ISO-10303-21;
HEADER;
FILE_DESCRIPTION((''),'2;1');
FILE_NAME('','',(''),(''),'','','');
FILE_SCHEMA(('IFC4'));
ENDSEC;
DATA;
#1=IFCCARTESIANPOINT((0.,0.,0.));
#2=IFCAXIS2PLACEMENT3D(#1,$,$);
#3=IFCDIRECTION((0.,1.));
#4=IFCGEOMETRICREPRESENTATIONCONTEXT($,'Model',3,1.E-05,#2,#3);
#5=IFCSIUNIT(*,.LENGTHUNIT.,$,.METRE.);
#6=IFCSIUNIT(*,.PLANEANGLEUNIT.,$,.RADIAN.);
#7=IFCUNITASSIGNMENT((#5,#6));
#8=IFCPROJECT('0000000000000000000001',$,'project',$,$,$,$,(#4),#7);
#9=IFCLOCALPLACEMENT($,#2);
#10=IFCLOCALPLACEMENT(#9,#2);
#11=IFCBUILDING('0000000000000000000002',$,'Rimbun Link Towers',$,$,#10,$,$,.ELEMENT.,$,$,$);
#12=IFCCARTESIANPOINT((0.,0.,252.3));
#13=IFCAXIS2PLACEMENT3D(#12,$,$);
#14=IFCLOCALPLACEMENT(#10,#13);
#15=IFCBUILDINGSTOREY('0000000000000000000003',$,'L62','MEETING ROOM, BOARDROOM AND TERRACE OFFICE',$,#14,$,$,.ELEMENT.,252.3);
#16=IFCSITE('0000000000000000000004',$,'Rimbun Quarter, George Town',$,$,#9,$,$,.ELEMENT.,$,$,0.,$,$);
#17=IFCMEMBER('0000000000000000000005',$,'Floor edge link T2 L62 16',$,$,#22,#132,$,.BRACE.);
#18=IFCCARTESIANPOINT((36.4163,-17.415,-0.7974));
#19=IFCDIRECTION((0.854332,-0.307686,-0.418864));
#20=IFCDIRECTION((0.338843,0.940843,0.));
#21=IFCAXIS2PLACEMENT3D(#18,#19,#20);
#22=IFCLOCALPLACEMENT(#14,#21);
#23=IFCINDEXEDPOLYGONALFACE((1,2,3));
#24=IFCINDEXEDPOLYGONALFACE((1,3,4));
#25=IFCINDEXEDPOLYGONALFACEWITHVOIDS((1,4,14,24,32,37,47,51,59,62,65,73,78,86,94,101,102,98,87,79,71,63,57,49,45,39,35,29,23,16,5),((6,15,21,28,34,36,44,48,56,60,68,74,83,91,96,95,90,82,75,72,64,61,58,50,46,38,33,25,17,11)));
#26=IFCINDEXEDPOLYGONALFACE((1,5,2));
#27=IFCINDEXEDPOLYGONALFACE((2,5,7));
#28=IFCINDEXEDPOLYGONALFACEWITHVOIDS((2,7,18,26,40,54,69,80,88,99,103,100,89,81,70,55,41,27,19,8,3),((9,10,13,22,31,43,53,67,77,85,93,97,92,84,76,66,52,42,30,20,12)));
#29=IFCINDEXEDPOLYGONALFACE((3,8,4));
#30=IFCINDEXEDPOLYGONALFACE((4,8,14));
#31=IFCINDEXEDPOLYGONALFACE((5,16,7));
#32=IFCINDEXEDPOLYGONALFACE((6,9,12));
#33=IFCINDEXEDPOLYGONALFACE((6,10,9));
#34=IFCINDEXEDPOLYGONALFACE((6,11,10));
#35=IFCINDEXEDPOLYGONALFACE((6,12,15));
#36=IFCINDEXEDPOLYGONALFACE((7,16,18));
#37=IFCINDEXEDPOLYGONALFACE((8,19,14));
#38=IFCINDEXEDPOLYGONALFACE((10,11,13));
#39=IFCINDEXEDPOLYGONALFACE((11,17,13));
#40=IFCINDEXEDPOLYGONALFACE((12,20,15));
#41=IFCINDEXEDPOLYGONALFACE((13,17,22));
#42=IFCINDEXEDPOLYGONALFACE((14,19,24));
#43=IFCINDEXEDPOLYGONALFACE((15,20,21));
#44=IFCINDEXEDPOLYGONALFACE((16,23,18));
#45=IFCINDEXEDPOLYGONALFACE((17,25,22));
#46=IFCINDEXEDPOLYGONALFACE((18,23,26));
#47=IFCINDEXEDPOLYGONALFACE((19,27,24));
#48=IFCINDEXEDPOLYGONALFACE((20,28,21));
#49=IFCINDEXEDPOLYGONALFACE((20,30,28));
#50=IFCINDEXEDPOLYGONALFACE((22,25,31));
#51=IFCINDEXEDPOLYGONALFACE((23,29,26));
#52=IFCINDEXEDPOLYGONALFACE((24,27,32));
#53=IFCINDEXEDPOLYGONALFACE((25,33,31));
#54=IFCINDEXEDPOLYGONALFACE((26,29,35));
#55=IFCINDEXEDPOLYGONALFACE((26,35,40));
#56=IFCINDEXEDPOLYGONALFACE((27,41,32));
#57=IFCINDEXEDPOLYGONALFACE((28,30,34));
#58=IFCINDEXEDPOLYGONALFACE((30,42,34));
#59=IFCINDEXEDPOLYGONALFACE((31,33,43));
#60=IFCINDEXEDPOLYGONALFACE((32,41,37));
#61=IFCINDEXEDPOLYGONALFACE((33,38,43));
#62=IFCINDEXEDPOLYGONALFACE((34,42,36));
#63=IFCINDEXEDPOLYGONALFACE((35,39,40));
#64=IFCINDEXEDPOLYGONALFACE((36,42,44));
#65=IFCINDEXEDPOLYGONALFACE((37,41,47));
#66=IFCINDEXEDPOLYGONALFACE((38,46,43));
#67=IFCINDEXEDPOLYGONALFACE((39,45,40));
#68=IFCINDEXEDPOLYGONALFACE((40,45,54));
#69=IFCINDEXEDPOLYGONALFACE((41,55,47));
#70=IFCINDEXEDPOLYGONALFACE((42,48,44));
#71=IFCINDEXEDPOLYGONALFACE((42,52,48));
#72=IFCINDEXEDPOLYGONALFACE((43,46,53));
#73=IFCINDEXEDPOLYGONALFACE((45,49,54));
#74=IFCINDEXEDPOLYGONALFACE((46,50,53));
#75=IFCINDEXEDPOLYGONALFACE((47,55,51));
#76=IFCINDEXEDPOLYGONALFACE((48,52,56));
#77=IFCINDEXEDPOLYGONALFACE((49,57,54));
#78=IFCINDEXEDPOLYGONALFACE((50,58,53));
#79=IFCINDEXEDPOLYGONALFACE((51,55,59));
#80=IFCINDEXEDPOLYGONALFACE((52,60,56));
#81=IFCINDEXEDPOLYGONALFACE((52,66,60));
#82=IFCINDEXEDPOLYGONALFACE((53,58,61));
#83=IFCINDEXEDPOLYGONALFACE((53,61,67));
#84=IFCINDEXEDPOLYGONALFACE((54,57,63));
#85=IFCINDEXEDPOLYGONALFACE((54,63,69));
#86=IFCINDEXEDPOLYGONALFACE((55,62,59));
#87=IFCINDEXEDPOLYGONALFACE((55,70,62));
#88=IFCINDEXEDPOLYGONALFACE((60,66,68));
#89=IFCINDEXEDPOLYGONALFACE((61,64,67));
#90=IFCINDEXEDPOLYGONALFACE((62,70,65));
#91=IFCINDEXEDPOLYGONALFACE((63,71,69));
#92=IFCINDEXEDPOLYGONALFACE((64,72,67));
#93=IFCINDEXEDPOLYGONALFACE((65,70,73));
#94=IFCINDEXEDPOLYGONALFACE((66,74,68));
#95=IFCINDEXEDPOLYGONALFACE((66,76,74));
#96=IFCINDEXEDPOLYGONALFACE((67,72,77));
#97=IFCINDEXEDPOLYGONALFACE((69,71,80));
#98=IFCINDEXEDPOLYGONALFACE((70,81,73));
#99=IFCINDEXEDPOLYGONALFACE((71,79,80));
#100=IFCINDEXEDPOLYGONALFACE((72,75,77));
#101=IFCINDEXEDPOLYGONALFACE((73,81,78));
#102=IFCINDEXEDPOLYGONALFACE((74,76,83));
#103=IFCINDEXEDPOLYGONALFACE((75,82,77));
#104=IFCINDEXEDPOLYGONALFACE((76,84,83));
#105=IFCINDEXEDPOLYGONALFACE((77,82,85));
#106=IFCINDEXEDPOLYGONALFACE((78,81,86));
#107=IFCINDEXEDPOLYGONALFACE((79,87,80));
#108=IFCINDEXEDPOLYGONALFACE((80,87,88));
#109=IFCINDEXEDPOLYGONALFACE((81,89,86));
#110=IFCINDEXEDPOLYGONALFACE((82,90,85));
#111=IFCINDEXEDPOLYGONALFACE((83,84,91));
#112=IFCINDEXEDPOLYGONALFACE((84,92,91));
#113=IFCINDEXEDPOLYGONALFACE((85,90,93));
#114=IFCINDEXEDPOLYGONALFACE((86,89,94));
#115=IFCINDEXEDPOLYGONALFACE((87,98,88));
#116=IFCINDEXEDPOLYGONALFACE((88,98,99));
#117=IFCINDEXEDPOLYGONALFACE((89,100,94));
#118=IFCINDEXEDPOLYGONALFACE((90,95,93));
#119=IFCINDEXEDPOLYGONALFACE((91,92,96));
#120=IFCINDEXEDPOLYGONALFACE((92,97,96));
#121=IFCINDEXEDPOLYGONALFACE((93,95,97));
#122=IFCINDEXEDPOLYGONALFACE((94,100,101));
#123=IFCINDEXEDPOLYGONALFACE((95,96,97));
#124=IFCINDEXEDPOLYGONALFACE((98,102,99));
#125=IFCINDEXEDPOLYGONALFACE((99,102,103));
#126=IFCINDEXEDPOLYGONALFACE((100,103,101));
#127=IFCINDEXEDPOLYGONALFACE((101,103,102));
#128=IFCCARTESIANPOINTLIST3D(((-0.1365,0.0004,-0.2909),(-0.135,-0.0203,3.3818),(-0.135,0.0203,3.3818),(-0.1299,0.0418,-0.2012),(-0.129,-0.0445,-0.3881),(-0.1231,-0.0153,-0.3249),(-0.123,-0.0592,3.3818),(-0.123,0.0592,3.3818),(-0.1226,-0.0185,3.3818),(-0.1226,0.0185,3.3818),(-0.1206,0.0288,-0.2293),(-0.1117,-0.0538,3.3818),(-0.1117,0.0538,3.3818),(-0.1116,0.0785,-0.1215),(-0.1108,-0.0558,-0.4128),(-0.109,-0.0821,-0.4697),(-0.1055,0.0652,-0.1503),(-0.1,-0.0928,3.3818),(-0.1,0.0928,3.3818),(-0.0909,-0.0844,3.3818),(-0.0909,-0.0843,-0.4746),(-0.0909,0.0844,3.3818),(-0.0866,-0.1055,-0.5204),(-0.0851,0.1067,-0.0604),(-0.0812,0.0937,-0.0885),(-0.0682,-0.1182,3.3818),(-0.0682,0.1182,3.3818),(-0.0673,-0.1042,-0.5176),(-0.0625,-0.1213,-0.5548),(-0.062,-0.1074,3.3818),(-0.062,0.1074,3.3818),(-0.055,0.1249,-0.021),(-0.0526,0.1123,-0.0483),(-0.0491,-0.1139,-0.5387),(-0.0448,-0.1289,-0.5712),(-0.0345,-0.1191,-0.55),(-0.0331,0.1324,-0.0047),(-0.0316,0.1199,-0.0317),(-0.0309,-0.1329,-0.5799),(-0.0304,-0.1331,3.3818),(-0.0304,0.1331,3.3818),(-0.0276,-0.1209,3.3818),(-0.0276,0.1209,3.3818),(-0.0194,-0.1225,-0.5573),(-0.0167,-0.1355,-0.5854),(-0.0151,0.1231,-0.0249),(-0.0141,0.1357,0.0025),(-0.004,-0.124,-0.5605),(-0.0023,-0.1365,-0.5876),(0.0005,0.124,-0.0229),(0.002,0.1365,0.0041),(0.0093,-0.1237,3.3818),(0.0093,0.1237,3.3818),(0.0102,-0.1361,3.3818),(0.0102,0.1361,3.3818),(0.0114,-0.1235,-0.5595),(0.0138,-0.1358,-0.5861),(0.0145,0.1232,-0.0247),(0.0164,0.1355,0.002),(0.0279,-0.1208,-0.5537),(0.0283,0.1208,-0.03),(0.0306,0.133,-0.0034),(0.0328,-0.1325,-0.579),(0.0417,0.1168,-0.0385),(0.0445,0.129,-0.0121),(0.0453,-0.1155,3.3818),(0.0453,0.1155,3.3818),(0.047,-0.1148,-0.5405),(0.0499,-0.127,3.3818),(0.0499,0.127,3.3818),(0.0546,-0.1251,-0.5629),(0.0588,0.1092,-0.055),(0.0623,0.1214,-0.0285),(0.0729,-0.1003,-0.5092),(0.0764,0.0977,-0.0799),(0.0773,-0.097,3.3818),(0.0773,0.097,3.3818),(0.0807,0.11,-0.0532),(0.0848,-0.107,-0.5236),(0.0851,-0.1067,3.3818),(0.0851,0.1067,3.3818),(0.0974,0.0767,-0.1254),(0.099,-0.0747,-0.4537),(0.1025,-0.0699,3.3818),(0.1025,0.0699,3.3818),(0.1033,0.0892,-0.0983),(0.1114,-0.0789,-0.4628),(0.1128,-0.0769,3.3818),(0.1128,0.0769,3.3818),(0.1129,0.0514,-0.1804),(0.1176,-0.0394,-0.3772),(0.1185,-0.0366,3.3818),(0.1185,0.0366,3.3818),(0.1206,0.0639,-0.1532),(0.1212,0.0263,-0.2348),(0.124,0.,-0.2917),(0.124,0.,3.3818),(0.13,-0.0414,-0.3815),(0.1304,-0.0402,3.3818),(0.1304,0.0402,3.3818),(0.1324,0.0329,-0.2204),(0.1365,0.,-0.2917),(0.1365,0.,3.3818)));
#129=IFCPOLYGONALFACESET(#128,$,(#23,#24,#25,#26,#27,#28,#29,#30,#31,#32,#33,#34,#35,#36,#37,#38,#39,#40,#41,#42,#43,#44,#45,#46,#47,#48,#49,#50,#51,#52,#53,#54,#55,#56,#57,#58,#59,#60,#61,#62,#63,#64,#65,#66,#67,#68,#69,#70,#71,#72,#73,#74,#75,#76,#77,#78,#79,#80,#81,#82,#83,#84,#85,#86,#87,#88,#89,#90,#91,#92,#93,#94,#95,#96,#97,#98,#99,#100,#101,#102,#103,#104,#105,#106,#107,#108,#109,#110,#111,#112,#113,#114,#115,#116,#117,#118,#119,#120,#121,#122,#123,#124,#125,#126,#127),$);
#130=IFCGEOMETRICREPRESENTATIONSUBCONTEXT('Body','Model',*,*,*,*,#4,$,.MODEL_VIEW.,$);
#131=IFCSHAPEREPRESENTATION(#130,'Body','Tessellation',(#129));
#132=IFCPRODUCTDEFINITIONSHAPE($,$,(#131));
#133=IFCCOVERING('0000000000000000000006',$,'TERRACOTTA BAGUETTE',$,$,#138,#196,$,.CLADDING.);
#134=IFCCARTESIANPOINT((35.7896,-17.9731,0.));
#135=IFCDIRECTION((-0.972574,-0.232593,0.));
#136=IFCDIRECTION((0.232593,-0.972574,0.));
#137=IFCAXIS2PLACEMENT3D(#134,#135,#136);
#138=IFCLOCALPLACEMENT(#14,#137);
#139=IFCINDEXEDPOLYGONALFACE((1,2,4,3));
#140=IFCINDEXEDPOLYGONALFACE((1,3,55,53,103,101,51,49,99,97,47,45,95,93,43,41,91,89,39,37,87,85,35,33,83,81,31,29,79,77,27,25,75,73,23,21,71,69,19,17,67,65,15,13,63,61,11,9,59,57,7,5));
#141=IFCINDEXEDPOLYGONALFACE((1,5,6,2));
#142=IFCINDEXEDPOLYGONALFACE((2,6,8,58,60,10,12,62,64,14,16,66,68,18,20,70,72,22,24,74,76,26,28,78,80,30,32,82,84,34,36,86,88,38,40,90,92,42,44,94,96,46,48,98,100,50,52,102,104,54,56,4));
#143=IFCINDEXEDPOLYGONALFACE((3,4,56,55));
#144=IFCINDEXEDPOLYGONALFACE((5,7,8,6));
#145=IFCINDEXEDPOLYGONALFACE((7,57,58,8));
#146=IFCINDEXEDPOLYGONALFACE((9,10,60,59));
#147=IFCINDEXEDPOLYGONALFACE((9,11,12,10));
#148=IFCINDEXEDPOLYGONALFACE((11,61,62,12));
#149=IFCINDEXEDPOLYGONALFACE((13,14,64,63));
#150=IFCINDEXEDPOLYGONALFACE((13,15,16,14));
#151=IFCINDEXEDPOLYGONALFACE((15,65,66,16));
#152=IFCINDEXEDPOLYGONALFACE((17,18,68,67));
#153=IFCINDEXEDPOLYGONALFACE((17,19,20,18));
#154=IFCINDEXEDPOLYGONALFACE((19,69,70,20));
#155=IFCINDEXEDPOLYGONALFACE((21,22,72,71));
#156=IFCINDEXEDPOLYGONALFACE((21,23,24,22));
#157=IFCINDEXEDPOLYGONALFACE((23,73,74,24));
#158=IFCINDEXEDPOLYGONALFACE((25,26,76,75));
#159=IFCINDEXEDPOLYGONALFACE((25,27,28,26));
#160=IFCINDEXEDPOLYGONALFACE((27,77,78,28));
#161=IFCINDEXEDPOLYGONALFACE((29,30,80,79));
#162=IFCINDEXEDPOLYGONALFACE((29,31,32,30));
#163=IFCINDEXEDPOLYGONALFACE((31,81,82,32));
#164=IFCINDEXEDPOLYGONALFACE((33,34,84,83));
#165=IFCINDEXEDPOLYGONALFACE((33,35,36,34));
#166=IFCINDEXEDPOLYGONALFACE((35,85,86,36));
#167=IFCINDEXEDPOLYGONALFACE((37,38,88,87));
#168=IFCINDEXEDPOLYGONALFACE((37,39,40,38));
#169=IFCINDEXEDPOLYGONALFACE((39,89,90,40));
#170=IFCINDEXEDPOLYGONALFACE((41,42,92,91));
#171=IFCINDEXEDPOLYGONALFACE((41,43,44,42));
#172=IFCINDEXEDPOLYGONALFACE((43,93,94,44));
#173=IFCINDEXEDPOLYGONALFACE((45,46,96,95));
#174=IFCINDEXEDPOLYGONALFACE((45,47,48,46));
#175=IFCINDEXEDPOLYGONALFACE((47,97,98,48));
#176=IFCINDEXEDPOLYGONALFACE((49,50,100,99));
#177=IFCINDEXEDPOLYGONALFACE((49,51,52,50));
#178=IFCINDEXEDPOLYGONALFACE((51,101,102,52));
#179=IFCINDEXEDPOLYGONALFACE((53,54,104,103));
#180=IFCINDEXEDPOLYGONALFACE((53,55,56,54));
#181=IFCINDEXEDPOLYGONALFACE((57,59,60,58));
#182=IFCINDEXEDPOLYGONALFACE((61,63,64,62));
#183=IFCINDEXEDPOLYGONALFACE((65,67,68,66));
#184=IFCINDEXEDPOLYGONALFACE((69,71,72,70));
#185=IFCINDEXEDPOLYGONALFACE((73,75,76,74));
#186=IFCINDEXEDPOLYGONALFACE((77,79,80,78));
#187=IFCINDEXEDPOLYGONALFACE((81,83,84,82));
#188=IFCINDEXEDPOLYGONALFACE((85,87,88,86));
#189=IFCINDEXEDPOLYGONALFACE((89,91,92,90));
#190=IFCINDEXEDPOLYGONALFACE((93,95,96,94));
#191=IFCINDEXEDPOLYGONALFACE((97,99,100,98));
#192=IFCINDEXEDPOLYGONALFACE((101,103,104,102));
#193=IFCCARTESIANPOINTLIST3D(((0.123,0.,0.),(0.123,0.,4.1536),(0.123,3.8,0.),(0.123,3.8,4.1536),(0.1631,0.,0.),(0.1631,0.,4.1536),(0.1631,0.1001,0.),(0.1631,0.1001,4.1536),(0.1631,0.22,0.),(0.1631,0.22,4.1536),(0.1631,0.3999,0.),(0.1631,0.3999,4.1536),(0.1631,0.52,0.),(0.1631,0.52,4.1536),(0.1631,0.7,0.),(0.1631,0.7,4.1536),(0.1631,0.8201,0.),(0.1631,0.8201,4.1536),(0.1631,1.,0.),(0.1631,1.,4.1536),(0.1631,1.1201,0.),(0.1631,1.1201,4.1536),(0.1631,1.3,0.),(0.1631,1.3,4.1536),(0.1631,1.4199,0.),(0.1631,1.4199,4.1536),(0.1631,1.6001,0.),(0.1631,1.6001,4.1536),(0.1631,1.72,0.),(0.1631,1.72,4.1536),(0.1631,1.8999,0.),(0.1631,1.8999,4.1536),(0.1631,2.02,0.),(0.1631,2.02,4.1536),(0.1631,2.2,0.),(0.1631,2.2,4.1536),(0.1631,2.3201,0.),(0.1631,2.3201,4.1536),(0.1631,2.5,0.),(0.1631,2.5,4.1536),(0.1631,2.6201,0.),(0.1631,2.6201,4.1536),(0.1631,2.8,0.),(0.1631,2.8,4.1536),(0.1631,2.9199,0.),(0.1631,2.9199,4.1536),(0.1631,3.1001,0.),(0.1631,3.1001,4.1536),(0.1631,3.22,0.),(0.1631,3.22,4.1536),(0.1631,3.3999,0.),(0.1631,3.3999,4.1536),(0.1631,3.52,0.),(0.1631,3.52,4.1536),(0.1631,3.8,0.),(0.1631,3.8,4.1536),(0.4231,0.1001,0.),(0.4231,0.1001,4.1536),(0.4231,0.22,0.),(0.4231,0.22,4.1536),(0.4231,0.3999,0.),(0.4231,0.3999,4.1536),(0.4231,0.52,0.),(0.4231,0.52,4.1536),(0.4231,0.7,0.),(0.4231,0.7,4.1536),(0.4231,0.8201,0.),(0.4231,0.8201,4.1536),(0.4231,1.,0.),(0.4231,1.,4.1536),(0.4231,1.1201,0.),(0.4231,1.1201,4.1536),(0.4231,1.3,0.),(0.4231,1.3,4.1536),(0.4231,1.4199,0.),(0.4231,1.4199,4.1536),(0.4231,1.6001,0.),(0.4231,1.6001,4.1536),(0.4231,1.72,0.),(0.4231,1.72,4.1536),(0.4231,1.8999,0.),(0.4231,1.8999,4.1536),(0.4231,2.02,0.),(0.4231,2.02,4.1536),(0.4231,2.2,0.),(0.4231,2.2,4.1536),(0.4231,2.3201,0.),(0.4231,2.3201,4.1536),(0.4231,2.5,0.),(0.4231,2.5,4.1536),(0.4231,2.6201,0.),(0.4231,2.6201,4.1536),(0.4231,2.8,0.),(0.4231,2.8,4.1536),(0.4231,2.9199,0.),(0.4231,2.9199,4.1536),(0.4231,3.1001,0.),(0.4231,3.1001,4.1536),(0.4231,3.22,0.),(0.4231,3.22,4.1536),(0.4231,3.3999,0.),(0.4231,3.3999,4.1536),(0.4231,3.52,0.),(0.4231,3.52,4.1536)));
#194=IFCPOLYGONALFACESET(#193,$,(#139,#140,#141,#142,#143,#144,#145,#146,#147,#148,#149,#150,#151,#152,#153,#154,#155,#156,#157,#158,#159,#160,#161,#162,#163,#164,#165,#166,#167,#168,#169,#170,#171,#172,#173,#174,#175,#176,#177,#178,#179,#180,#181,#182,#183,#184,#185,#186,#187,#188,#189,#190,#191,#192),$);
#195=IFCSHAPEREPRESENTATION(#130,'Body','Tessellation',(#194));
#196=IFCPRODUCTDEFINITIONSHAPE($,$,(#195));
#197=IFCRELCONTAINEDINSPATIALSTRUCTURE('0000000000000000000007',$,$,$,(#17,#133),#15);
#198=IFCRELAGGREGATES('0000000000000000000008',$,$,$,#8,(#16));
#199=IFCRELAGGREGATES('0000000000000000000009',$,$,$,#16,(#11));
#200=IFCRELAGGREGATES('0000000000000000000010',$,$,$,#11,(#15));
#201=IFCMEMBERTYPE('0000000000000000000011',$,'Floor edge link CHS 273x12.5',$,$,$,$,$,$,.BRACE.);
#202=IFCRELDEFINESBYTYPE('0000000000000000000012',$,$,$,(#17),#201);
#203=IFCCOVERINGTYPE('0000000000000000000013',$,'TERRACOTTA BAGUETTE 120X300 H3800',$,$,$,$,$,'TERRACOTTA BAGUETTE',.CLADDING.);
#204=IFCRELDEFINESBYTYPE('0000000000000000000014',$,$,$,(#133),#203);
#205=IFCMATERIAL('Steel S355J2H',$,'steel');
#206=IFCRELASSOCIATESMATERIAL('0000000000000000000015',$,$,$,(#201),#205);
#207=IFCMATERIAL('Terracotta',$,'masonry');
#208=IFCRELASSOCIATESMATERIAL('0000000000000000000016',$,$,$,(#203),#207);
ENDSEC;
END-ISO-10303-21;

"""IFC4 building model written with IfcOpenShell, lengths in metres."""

from ifc_helpers import new_model, si_unit, direction, frame, origin, origin_2d, place, context, subcontext, project, spatial, polyline, hollow_circle, outline, extrude, clip, halfspace, material, material_profile, profile_set, type_object, element, save


model = new_model("IFC4")

# Units and contexts
model_context = context("Model", 3, precision=1e-05, world=origin(), true_north=direction((0.0, 1.0)))
body_context = subcontext(model_context, "Body", "Model", "MODEL_VIEW")
ifc_project = project(units=[si_unit("LENGTHUNIT", "METRE"), si_unit("PLANEANGLEUNIT", "RADIAN")], contexts=[model_context])

# Site, building, storey
site_placement = place(None, origin())
site = spatial("IfcSite", under=ifc_project, at=site_placement, Name="Rimbun Quarter, George Town", CompositionType="ELEMENT", RefElevation=0.0)
building_placement = place(site_placement, origin())
building = spatial("IfcBuilding", under=site, at=building_placement, Name="Rimbun Link Towers", CompositionType="ELEMENT")
storey_placement = place(building_placement, frame((0.0, 0.0, 252.3)))
storey = spatial("IfcBuildingStorey", under=building, at=storey_placement, Name="L62", Description="MEETING ROOM, BOARDROOM AND TERRACE OFFICE", CompositionType="ELEMENT", Elevation=252.3)

# Member
ifc_material_1 = material(Name="Steel S355J2H", Category="steel")
ifc_material_profile_1 = material_profile(ifc_material_1, hollow_circle(Radius=0.1365, WallThickness=0.0125, at=origin_2d()), Name="CHS 273x12.5")
ifc_profile_set_1 = profile_set([ifc_material_profile_1], Name="Steel S355J2H")
member_type_1 = type_object("IfcMemberType", Name="Floor edge link CHS 273x12.5", PredefinedType="BRACE", material=ifc_profile_set_1)
member_1_placement = place(storey_placement, frame((36.4163, -17.415, -0.7974), z_axis=(0.854332, -0.307686, -0.418864), x_axis=(0.338843, 0.940843, 0.0)))
element("IfcMember", 1, at=member_1_placement, inside=storey, type_object=member_type_1, Name="Floor edge link T2 L62 16", PredefinedType="BRACE", context=body_context, shape_type="Clipping", body=[
    clip(extrude(hollow_circle(Radius=0.1365, WallThickness=0.0125, at=origin_2d()), frame((0.0, 0.0, -0.6157)), (0.0, 0.0, 1.0), 3.9976), halfspace(frame((0.0, 0.0, -0.2917), z_axis=(0.0, 0.908049, -0.418864)), False)),
])

# Covering
ifc_material_2 = material(Name="Terracotta", Category="masonry")
ifc_material_profile_2 = material_profile(ifc_material_2, outline(polyline([(0.123, 0.0), (0.1631, 0.0), (0.1631, 0.1001), (0.4231, 0.1001), (0.4231, 0.22), (0.1631, 0.22), (0.1631, 0.3999), (0.4231, 0.3999), (0.4231, 0.52), (0.1631, 0.52), (0.1631, 0.7), (0.4231, 0.7), (0.4231, 0.8201), (0.1631, 0.8201), (0.1631, 1.0), (0.4231, 1.0), (0.4231, 1.1201), (0.1631, 1.1201), (0.1631, 1.3), (0.4231, 1.3), (0.4231, 1.4199), (0.1631, 1.4199), (0.1631, 1.6001), (0.4231, 1.6001), (0.4231, 1.72), (0.1631, 1.72), (0.1631, 1.8999), (0.4231, 1.8999), (0.4231, 2.02), (0.1631, 2.02), (0.1631, 2.2), (0.4231, 2.2), (0.4231, 2.3201), (0.1631, 2.3201), (0.1631, 2.5), (0.4231, 2.5), (0.4231, 2.6201), (0.1631, 2.6201), (0.1631, 2.8), (0.4231, 2.8), (0.4231, 2.9199), (0.1631, 2.9199), (0.1631, 3.1001), (0.4231, 3.1001), (0.4231, 3.22), (0.1631, 3.22), (0.1631, 3.3999), (0.4231, 3.3999), (0.4231, 3.52), (0.1631, 3.52), (0.1631, 3.8), (0.123, 3.8), (0.123, 0.0)])), Name="BAGUETTE 120X300")
ifc_profile_set_2 = profile_set([ifc_material_profile_2], Name="Terracotta")
covering_type = type_object("IfcCoveringType", Name="TERRACOTTA BAGUETTE 120X300 H3800", ElementType="TERRACOTTA BAGUETTE", PredefinedType="CLADDING", material=ifc_profile_set_2)
covering_1_placement = place(storey_placement, frame((35.7896, -17.9731, 0.0), z_axis=(-0.972574, -0.232593, 0.0), x_axis=(0.232593, -0.972574, 0.0)))
element("IfcCovering", 2, at=covering_1_placement, inside=storey, type_object=covering_type, Name="TERRACOTTA BAGUETTE", PredefinedType="CLADDING", context=body_context, shape_type="SweptSolid", body=[
    extrude(outline(polyline([(0.123, 0.0), (0.1631, 0.0), (0.1631, 0.1001), (0.4231, 0.1001), (0.4231, 0.22), (0.1631, 0.22), (0.1631, 0.3999), (0.4231, 0.3999), (0.4231, 0.52), (0.1631, 0.52), (0.1631, 0.7), (0.4231, 0.7), (0.4231, 0.8201), (0.1631, 0.8201), (0.1631, 1.0), (0.4231, 1.0), (0.4231, 1.1201), (0.1631, 1.1201), (0.1631, 1.3), (0.4231, 1.3), (0.4231, 1.4199), (0.1631, 1.4199), (0.1631, 1.6001), (0.4231, 1.6001), (0.4231, 1.72), (0.1631, 1.72), (0.1631, 1.8999), (0.4231, 1.8999), (0.4231, 2.02), (0.1631, 2.02), (0.1631, 2.2), (0.4231, 2.2), (0.4231, 2.3201), (0.1631, 2.3201), (0.1631, 2.5), (0.4231, 2.5), (0.4231, 2.6201), (0.1631, 2.6201), (0.1631, 2.8), (0.4231, 2.8), (0.4231, 2.9199), (0.1631, 2.9199), (0.1631, 3.1001), (0.4231, 3.1001), (0.4231, 3.22), (0.1631, 3.22), (0.1631, 3.3999), (0.4231, 3.3999), (0.4231, 3.52), (0.1631, 3.52), (0.1631, 3.8), (0.123, 3.8), (0.123, 0.0)])), origin(), (0.0, 0.0, 1.0), 4.1536),
])

save(model, "model.ifc")
